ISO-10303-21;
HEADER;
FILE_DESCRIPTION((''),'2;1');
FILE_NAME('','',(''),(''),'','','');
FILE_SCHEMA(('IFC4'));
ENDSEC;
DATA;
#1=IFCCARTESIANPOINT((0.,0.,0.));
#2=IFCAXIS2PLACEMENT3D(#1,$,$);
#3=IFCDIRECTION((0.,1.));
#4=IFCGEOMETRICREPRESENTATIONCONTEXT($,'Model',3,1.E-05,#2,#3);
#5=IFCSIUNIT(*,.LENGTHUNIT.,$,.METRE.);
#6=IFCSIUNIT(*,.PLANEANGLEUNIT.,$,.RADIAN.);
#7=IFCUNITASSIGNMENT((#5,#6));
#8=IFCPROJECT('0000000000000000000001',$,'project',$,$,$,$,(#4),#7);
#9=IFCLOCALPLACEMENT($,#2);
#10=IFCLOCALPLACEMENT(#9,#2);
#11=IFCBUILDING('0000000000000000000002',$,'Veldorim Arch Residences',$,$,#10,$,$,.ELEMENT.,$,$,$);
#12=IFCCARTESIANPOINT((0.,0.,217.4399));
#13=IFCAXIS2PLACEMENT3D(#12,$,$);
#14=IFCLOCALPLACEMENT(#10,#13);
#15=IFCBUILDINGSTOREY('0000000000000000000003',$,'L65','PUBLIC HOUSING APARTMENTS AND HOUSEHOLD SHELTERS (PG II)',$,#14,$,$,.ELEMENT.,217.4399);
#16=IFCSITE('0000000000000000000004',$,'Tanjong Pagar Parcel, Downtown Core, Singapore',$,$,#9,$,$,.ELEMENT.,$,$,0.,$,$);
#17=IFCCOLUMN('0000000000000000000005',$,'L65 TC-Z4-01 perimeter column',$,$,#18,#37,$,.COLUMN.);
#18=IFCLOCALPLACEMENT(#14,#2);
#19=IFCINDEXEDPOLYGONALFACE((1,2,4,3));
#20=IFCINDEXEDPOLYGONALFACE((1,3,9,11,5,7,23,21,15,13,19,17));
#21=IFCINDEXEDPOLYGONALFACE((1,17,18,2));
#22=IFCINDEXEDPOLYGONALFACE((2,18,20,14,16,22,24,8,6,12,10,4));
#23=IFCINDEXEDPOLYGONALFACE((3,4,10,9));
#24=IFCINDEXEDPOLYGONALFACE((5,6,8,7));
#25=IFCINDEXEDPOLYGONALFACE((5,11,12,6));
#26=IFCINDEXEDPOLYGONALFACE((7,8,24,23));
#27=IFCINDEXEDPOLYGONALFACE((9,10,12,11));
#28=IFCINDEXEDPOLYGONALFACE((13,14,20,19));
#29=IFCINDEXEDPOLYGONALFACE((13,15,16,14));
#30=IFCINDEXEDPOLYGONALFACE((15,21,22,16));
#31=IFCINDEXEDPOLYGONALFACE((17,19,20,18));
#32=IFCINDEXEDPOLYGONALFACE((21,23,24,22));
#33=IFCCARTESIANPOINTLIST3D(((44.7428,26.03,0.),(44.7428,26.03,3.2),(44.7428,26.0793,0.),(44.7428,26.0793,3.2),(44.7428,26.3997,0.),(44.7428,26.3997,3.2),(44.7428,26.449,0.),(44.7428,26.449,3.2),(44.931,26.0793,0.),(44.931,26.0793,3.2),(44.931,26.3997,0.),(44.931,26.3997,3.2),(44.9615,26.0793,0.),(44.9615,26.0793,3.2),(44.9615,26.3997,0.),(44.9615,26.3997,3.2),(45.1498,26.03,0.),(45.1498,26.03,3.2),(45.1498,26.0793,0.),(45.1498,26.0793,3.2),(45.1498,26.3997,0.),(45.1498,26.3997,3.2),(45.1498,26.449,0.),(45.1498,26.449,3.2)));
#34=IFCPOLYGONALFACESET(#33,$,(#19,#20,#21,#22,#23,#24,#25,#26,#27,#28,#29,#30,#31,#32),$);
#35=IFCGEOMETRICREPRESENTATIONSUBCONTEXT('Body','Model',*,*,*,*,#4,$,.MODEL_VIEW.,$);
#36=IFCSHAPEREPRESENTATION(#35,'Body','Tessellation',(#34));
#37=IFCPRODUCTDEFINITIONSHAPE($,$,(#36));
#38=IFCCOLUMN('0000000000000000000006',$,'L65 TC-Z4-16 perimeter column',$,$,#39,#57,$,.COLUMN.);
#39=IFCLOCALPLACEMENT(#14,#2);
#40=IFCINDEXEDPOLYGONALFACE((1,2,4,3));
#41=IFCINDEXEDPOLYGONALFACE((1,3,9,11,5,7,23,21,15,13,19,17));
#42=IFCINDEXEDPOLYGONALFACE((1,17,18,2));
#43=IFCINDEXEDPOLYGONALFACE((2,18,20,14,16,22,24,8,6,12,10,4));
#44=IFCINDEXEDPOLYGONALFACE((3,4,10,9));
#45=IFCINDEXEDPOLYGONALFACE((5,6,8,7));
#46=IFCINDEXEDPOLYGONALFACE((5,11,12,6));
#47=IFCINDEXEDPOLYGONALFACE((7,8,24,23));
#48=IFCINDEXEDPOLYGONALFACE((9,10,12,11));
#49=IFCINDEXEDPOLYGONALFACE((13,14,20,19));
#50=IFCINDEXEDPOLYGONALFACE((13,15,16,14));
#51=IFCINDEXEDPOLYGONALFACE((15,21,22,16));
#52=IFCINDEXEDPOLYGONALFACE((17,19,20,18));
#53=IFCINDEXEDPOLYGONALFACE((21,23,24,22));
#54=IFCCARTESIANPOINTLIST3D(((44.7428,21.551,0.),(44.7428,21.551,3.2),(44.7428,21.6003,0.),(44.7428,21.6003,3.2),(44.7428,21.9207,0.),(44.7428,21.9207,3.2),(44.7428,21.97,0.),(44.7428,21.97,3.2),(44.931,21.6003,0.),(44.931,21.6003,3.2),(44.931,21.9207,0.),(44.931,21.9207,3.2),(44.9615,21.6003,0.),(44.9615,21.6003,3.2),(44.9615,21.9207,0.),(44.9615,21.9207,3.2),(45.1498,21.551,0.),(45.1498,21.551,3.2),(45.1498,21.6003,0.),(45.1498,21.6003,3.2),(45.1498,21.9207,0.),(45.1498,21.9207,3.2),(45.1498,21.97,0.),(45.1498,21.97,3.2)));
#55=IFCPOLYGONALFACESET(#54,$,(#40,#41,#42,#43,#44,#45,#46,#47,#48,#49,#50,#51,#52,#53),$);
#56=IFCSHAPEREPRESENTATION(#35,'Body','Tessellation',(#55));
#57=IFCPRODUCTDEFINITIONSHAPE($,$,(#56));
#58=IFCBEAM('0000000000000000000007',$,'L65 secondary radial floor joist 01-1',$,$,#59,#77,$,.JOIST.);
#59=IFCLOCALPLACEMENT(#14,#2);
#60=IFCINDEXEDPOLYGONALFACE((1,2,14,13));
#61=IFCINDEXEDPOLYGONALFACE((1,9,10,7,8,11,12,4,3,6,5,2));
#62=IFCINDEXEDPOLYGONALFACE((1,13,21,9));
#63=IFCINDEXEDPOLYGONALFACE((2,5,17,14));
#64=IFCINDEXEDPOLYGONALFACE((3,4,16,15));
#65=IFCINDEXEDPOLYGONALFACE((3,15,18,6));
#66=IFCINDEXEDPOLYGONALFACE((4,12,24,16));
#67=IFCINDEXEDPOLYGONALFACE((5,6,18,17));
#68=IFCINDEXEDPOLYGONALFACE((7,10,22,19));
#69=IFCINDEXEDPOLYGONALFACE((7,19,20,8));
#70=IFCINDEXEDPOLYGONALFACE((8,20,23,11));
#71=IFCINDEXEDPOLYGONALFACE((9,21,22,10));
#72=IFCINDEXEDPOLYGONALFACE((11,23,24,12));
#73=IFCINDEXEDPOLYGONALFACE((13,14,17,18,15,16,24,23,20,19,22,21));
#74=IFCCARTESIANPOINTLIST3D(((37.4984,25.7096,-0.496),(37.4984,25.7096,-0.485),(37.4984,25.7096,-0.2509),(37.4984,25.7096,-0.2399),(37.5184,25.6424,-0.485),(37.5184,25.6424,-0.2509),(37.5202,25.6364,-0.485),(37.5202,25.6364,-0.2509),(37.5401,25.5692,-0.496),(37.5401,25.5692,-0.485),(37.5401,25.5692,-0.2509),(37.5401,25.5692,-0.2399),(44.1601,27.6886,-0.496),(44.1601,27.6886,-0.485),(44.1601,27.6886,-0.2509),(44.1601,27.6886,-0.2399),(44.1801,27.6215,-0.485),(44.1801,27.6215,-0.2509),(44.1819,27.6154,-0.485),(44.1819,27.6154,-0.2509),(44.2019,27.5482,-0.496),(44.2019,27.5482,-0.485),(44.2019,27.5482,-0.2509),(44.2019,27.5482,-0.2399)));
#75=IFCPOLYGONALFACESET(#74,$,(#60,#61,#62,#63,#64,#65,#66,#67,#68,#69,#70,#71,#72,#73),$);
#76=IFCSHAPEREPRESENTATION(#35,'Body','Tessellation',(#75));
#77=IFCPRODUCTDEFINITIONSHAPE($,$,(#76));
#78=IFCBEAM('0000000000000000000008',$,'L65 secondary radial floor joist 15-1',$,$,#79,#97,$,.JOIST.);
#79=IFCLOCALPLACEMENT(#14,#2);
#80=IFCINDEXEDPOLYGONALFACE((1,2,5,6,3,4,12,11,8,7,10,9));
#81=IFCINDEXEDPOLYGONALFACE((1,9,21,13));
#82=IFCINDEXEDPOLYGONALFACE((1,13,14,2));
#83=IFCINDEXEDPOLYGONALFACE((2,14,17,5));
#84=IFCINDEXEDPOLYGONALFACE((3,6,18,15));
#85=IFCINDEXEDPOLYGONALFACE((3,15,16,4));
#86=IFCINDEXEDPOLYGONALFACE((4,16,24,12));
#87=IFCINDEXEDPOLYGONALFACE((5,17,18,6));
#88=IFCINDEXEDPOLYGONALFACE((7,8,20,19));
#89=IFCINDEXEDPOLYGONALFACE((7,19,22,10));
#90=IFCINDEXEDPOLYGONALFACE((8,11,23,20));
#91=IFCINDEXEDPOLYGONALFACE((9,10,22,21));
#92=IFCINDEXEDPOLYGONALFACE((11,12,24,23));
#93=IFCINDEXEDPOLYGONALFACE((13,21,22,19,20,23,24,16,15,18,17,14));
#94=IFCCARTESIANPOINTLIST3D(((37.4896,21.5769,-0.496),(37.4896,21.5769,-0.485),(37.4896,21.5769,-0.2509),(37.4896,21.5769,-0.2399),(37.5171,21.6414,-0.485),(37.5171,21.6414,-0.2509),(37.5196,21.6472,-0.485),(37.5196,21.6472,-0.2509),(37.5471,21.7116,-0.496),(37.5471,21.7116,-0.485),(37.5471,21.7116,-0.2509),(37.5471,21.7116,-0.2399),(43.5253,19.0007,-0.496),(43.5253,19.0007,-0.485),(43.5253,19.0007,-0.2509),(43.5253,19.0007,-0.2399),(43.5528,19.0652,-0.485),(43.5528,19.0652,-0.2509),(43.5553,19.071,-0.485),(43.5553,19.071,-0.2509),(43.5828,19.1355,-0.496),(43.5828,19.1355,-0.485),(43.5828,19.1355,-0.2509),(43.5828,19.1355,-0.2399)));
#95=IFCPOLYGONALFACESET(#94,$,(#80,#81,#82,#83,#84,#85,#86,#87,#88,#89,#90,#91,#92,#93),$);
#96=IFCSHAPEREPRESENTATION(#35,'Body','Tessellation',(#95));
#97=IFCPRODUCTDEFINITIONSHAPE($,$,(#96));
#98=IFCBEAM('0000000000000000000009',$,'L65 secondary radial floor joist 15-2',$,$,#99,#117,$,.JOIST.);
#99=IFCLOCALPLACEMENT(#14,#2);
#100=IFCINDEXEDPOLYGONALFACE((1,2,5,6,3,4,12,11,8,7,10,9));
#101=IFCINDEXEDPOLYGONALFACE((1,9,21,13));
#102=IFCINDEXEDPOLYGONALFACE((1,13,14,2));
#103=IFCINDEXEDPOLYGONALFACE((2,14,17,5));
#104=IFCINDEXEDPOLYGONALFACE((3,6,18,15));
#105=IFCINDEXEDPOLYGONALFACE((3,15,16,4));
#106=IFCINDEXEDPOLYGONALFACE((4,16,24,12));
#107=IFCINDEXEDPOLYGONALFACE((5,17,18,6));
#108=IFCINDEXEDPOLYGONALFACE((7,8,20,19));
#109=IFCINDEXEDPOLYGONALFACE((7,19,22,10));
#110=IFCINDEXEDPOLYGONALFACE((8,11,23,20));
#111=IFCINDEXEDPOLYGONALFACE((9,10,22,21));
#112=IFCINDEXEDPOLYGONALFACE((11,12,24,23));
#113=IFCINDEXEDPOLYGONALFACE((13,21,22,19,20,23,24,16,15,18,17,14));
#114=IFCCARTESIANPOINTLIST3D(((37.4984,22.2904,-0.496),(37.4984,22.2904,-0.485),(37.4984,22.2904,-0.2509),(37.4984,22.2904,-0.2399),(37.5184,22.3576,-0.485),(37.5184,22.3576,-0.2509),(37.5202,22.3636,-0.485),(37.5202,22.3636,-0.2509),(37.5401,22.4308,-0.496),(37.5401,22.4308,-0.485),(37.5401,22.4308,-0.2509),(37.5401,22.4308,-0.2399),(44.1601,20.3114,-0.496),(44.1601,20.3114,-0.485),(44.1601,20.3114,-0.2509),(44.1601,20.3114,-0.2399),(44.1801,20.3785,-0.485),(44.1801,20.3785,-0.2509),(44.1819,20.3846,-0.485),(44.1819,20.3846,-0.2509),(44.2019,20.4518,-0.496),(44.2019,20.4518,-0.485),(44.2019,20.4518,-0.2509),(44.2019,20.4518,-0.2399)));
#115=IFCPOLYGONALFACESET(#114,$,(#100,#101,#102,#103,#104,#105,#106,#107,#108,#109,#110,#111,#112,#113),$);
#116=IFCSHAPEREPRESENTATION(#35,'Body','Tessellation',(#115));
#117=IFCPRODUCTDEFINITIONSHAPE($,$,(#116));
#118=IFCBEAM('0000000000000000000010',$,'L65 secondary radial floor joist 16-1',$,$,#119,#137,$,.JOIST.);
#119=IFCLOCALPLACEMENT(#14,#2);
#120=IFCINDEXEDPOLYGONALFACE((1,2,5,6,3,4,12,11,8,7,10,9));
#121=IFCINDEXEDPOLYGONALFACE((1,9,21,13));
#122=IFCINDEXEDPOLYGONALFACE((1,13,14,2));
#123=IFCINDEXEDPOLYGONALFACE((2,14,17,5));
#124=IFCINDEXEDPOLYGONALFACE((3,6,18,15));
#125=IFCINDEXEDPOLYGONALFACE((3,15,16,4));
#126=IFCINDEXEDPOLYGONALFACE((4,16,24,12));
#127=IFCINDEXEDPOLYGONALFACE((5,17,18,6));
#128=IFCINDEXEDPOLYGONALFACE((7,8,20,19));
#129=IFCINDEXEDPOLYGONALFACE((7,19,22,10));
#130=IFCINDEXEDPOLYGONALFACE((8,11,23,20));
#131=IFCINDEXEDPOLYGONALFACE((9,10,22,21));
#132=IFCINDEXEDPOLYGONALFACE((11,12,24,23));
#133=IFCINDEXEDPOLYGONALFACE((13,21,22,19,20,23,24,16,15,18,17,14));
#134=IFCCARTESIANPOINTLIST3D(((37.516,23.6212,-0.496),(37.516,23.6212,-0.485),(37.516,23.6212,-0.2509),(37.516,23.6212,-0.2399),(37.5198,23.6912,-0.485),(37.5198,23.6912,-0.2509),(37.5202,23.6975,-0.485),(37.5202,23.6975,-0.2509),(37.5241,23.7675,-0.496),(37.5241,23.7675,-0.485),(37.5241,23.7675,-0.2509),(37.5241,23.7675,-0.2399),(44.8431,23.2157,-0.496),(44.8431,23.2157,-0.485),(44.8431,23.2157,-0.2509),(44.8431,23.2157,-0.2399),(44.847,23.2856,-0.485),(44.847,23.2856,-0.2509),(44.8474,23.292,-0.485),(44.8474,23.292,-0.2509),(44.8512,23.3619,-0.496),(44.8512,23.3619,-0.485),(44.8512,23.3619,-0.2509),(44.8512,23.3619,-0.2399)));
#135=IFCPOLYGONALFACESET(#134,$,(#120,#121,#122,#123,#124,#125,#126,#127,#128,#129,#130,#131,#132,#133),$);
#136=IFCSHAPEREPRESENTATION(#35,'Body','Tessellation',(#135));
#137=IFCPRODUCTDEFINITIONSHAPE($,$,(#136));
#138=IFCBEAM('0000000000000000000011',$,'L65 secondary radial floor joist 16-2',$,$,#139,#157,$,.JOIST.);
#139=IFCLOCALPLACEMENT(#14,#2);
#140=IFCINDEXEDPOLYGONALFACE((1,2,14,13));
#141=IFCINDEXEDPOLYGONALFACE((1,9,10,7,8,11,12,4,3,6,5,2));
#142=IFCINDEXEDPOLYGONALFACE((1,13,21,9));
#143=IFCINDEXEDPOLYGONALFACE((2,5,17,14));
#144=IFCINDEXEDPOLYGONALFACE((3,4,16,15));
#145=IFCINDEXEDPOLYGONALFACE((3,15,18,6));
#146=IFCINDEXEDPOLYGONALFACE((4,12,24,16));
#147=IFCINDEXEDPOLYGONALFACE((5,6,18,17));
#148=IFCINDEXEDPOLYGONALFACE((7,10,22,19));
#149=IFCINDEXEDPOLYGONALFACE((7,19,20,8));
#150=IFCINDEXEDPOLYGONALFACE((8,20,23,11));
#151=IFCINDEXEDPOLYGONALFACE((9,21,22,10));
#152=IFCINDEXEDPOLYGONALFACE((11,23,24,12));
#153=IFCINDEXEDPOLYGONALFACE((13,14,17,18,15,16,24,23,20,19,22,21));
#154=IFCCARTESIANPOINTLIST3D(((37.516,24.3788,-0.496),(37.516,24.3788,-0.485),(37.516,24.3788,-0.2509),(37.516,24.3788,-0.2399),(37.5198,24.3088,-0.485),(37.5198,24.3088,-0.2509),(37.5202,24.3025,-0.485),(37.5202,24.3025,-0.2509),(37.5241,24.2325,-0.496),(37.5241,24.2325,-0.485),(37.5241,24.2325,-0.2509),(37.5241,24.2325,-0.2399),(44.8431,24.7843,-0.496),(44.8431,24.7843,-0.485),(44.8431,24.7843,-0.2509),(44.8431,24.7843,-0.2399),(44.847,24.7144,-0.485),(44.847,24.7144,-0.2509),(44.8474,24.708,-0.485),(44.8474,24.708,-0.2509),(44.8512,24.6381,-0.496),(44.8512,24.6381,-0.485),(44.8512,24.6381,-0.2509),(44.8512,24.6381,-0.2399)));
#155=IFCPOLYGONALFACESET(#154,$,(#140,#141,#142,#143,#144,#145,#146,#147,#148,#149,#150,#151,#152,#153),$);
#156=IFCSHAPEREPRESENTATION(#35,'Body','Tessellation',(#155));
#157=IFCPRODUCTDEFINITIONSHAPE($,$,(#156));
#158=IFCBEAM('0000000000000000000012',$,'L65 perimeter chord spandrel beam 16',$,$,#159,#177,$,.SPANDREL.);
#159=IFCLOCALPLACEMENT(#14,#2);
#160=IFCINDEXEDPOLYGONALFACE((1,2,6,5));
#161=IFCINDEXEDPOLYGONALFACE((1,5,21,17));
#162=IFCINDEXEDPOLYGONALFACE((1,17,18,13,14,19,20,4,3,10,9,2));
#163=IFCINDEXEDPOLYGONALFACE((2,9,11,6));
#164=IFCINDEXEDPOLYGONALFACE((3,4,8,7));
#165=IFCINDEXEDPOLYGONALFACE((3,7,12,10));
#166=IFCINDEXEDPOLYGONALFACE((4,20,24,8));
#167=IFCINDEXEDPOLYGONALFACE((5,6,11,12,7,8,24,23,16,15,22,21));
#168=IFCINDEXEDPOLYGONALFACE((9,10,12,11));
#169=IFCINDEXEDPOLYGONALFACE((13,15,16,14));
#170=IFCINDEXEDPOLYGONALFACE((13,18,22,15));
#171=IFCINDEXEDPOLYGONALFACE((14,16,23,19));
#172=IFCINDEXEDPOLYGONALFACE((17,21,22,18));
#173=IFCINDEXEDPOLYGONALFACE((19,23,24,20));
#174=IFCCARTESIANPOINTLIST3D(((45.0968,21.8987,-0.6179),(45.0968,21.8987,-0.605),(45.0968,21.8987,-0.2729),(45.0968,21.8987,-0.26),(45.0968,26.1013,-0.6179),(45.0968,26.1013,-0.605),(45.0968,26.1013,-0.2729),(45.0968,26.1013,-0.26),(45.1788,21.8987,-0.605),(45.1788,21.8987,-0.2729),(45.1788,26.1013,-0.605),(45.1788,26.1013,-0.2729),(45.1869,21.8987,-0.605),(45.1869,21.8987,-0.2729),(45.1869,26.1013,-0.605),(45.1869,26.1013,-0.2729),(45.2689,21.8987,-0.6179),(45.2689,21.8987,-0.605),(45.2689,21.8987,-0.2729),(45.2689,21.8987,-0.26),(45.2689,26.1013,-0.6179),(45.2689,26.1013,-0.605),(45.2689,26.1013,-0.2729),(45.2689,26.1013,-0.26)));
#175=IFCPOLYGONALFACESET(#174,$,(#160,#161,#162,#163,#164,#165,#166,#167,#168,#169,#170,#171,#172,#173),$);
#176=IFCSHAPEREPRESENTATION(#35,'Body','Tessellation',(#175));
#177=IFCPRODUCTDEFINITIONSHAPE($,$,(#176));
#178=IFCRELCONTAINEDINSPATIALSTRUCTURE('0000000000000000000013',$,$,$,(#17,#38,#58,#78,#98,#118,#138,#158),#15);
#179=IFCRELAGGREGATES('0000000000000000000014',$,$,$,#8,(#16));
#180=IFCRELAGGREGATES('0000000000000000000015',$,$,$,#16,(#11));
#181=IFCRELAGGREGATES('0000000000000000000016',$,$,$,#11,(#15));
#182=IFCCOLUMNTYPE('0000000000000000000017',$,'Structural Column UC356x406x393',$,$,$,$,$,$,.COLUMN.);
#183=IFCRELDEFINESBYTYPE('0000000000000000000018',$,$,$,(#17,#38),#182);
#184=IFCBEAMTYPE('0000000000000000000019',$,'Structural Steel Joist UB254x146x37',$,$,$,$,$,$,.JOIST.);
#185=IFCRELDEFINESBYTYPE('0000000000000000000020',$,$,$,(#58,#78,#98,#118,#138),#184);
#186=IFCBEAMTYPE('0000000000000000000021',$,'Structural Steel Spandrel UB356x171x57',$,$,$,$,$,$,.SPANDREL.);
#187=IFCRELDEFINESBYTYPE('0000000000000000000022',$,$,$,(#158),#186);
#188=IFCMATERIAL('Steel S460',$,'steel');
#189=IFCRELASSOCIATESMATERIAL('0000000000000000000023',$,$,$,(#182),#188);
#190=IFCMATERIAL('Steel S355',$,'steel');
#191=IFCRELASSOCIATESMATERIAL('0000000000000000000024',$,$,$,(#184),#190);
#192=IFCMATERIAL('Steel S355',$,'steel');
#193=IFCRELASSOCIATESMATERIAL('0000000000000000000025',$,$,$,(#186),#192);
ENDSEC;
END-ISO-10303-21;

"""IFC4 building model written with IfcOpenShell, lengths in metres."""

from ifc_helpers import new_model, si_unit, direction, frame, origin, origin_2d, place, context, subcontext, project, spatial, i_section, extrude, material, material_profile, profile_set, type_object, element, save


model = new_model("IFC4")

# Units and contexts
model_context = context("Model", 3, precision=1e-05, world=origin(), true_north=direction((0.0, 1.0)))
body_context = subcontext(model_context, "Body", "Model", "MODEL_VIEW")
ifc_project = project(units=[si_unit("LENGTHUNIT", "METRE"), si_unit("PLANEANGLEUNIT", "RADIAN")], contexts=[model_context])

# Site, building, storey
site_placement = place(None, origin())
site = spatial("IfcSite", under=ifc_project, at=site_placement, Name="Tanjong Pagar Parcel, Downtown Core, Singapore", CompositionType="ELEMENT", RefElevation=0.0)
building_placement = place(site_placement, origin())
building = spatial("IfcBuilding", under=site, at=building_placement, Name="Veldorim Arch Residences", CompositionType="ELEMENT")
storey_placement = place(building_placement, frame((0.0, 0.0, 217.4399)))
storey = spatial("IfcBuildingStorey", under=building, at=storey_placement, Name="L65", Description="PUBLIC HOUSING APARTMENTS AND HOUSEHOLD SHELTERS (PG II)", CompositionType="ELEMENT", Elevation=217.4399)

# Columns
ifc_material_1 = material(Name="Steel S460", Category="steel")
ifc_material_profile_1 = material_profile(ifc_material_1, i_section(OverallWidth=0.407, OverallDepth=0.4189, WebThickness=0.0305, FlangeThickness=0.0493, at=origin_2d()), Name="UC356x406x393")
ifc_profile_set_1 = profile_set([ifc_material_profile_1], Name="Steel S460")
column_type = type_object("IfcColumnType", Name="Structural Column UC356x406x393", PredefinedType="COLUMN", material=ifc_profile_set_1)
for number, where, z_axis, x_axis, name in (
    (1, (44.9463, 26.2395, 0.0), (0.0, 0.0, 1.0), (1.0, 0.0, 0.0), "L65 TC-Z4-01 perimeter column"),
    (2, (44.9463, 21.7605, 0.0), (0.0, 0.0, 1.0), (1.0, 0.0, 0.0), "L65 TC-Z4-16 perimeter column"),
):
    element("IfcColumn", number, at=place(storey_placement, frame(where, z_axis=z_axis, x_axis=x_axis)), inside=storey, type_object=column_type, Name=name, PredefinedType="COLUMN", context=body_context, shape_type="SweptSolid", body=[
        extrude(i_section(OverallWidth=0.407, OverallDepth=0.4189, WebThickness=0.0305, FlangeThickness=0.0493, at=origin_2d()), origin(), (0.0, 0.0, 1.0), 3.2),
    ])

# Beams
ifc_material_2 = material(Name="Steel S355", Category="steel")
ifc_material_profile_2 = material_profile(ifc_material_2, i_section(OverallWidth=0.1465, OverallDepth=0.2561, WebThickness=0.0063, FlangeThickness=0.011, at=origin_2d()), Name="UB254x146x37")
ifc_profile_set_2 = profile_set([ifc_material_profile_2], Name="Steel S355")
beam_type_1 = type_object("IfcBeamType", Name="Structural Steel Joist UB254x146x37", PredefinedType="JOIST", material=ifc_profile_set_2)
beam_1_placement = place(storey_placement, frame((37.5193, 25.6394, -0.3679), z_axis=(0.958594, 0.284775, 0.0), x_axis=(-0.284775, 0.958594, 0.0)))
element("IfcBeam", 3, at=beam_1_placement, inside=storey, type_object=beam_type_1, Name="L65 secondary radial floor joist 01-1", PredefinedType="JOIST", context=body_context, shape_type="SweptSolid", body=[
    extrude(i_section(OverallWidth=0.1465, OverallDepth=0.2561, WebThickness=0.0063, FlangeThickness=0.011, at=origin_2d()), origin(), (0.0, 0.0, 1.0), 6.9495),
])
beam_2_placement = place(storey_placement, frame((37.5183, 21.6443, -0.3679), z_axis=(0.919725, -0.392563, 0.0), x_axis=(0.392563, 0.919725, 0.0)))
element("IfcBeam", 4, at=beam_2_placement, inside=storey, type_object=beam_type_1, Name="L65 secondary radial floor joist 15-1", PredefinedType="JOIST", context=body_context, shape_type="SweptSolid", body=[
    extrude(i_section(OverallWidth=0.1465, OverallDepth=0.2561, WebThickness=0.0063, FlangeThickness=0.011, at=origin_2d()), origin(), (0.0, 0.0, 1.0), 6.5625),
])
beam_3_placement = place(storey_placement, frame((37.5193, 22.3606, -0.3679), z_axis=(0.958594, -0.284775, 0.0), x_axis=(0.284775, 0.958594, 0.0)))
element("IfcBeam", 5, at=beam_3_placement, inside=storey, type_object=beam_type_1, Name="L65 secondary radial floor joist 15-2", PredefinedType="JOIST", context=body_context, shape_type="SweptSolid", body=[
    extrude(i_section(OverallWidth=0.1465, OverallDepth=0.2561, WebThickness=0.0063, FlangeThickness=0.011, at=origin_2d()), origin(), (0.0, 0.0, 1.0), 6.9495),
])
for number, where, z_axis, x_axis, name in (
    (6, (37.52, 23.6943, -0.3679), (0.998472, -0.05526, 0.0), (0.05526, 0.998472, 0.0), "L65 secondary radial floor joist 16-1"),
    (7, (37.52, 24.3057, -0.3679), (0.998472, 0.05526, 0.0), (-0.05526, 0.998472, 0.0), "L65 secondary radial floor joist 16-2"),
):
    element("IfcBeam", number, at=place(storey_placement, frame(where, z_axis=z_axis, x_axis=x_axis)), inside=storey, type_object=beam_type_1, Name=name, PredefinedType="JOIST", context=body_context, shape_type="SweptSolid", body=[
        extrude(i_section(OverallWidth=0.1465, OverallDepth=0.2561, WebThickness=0.0063, FlangeThickness=0.011, at=origin_2d()), origin(), (0.0, 0.0, 1.0), 7.3384),
    ])
ifc_material_3 = material(Name="Steel S355", Category="steel")
ifc_material_profile_3 = material_profile(ifc_material_3, i_section(OverallWidth=0.1721, OverallDepth=0.3579, WebThickness=0.0081, FlangeThickness=0.0129, at=origin_2d()), Name="UB356x171x57")
ifc_profile_set_3 = profile_set([ifc_material_profile_3], Name="Steel S355")
beam_type_2 = type_object("IfcBeamType", Name="Structural Steel Spandrel UB356x171x57", PredefinedType="SPANDREL", material=ifc_profile_set_3)
beam_4_placement = place(storey_placement, frame((45.1829, 21.8987, -0.439), z_axis=(0.0, 1.0, 0.0), x_axis=(-1.0, 0.0, 0.0)))
element("IfcBeam", 8, at=beam_4_placement, inside=storey, type_object=beam_type_2, Name="L65 perimeter chord spandrel beam 16", PredefinedType="SPANDREL", context=body_context, shape_type="SweptSolid", body=[
    extrude(i_section(OverallWidth=0.1721, OverallDepth=0.3579, WebThickness=0.0081, FlangeThickness=0.0129, at=origin_2d()), origin(), (0.0, 0.0, 1.0), 4.2026),
])

save(model, "model.ifc")
